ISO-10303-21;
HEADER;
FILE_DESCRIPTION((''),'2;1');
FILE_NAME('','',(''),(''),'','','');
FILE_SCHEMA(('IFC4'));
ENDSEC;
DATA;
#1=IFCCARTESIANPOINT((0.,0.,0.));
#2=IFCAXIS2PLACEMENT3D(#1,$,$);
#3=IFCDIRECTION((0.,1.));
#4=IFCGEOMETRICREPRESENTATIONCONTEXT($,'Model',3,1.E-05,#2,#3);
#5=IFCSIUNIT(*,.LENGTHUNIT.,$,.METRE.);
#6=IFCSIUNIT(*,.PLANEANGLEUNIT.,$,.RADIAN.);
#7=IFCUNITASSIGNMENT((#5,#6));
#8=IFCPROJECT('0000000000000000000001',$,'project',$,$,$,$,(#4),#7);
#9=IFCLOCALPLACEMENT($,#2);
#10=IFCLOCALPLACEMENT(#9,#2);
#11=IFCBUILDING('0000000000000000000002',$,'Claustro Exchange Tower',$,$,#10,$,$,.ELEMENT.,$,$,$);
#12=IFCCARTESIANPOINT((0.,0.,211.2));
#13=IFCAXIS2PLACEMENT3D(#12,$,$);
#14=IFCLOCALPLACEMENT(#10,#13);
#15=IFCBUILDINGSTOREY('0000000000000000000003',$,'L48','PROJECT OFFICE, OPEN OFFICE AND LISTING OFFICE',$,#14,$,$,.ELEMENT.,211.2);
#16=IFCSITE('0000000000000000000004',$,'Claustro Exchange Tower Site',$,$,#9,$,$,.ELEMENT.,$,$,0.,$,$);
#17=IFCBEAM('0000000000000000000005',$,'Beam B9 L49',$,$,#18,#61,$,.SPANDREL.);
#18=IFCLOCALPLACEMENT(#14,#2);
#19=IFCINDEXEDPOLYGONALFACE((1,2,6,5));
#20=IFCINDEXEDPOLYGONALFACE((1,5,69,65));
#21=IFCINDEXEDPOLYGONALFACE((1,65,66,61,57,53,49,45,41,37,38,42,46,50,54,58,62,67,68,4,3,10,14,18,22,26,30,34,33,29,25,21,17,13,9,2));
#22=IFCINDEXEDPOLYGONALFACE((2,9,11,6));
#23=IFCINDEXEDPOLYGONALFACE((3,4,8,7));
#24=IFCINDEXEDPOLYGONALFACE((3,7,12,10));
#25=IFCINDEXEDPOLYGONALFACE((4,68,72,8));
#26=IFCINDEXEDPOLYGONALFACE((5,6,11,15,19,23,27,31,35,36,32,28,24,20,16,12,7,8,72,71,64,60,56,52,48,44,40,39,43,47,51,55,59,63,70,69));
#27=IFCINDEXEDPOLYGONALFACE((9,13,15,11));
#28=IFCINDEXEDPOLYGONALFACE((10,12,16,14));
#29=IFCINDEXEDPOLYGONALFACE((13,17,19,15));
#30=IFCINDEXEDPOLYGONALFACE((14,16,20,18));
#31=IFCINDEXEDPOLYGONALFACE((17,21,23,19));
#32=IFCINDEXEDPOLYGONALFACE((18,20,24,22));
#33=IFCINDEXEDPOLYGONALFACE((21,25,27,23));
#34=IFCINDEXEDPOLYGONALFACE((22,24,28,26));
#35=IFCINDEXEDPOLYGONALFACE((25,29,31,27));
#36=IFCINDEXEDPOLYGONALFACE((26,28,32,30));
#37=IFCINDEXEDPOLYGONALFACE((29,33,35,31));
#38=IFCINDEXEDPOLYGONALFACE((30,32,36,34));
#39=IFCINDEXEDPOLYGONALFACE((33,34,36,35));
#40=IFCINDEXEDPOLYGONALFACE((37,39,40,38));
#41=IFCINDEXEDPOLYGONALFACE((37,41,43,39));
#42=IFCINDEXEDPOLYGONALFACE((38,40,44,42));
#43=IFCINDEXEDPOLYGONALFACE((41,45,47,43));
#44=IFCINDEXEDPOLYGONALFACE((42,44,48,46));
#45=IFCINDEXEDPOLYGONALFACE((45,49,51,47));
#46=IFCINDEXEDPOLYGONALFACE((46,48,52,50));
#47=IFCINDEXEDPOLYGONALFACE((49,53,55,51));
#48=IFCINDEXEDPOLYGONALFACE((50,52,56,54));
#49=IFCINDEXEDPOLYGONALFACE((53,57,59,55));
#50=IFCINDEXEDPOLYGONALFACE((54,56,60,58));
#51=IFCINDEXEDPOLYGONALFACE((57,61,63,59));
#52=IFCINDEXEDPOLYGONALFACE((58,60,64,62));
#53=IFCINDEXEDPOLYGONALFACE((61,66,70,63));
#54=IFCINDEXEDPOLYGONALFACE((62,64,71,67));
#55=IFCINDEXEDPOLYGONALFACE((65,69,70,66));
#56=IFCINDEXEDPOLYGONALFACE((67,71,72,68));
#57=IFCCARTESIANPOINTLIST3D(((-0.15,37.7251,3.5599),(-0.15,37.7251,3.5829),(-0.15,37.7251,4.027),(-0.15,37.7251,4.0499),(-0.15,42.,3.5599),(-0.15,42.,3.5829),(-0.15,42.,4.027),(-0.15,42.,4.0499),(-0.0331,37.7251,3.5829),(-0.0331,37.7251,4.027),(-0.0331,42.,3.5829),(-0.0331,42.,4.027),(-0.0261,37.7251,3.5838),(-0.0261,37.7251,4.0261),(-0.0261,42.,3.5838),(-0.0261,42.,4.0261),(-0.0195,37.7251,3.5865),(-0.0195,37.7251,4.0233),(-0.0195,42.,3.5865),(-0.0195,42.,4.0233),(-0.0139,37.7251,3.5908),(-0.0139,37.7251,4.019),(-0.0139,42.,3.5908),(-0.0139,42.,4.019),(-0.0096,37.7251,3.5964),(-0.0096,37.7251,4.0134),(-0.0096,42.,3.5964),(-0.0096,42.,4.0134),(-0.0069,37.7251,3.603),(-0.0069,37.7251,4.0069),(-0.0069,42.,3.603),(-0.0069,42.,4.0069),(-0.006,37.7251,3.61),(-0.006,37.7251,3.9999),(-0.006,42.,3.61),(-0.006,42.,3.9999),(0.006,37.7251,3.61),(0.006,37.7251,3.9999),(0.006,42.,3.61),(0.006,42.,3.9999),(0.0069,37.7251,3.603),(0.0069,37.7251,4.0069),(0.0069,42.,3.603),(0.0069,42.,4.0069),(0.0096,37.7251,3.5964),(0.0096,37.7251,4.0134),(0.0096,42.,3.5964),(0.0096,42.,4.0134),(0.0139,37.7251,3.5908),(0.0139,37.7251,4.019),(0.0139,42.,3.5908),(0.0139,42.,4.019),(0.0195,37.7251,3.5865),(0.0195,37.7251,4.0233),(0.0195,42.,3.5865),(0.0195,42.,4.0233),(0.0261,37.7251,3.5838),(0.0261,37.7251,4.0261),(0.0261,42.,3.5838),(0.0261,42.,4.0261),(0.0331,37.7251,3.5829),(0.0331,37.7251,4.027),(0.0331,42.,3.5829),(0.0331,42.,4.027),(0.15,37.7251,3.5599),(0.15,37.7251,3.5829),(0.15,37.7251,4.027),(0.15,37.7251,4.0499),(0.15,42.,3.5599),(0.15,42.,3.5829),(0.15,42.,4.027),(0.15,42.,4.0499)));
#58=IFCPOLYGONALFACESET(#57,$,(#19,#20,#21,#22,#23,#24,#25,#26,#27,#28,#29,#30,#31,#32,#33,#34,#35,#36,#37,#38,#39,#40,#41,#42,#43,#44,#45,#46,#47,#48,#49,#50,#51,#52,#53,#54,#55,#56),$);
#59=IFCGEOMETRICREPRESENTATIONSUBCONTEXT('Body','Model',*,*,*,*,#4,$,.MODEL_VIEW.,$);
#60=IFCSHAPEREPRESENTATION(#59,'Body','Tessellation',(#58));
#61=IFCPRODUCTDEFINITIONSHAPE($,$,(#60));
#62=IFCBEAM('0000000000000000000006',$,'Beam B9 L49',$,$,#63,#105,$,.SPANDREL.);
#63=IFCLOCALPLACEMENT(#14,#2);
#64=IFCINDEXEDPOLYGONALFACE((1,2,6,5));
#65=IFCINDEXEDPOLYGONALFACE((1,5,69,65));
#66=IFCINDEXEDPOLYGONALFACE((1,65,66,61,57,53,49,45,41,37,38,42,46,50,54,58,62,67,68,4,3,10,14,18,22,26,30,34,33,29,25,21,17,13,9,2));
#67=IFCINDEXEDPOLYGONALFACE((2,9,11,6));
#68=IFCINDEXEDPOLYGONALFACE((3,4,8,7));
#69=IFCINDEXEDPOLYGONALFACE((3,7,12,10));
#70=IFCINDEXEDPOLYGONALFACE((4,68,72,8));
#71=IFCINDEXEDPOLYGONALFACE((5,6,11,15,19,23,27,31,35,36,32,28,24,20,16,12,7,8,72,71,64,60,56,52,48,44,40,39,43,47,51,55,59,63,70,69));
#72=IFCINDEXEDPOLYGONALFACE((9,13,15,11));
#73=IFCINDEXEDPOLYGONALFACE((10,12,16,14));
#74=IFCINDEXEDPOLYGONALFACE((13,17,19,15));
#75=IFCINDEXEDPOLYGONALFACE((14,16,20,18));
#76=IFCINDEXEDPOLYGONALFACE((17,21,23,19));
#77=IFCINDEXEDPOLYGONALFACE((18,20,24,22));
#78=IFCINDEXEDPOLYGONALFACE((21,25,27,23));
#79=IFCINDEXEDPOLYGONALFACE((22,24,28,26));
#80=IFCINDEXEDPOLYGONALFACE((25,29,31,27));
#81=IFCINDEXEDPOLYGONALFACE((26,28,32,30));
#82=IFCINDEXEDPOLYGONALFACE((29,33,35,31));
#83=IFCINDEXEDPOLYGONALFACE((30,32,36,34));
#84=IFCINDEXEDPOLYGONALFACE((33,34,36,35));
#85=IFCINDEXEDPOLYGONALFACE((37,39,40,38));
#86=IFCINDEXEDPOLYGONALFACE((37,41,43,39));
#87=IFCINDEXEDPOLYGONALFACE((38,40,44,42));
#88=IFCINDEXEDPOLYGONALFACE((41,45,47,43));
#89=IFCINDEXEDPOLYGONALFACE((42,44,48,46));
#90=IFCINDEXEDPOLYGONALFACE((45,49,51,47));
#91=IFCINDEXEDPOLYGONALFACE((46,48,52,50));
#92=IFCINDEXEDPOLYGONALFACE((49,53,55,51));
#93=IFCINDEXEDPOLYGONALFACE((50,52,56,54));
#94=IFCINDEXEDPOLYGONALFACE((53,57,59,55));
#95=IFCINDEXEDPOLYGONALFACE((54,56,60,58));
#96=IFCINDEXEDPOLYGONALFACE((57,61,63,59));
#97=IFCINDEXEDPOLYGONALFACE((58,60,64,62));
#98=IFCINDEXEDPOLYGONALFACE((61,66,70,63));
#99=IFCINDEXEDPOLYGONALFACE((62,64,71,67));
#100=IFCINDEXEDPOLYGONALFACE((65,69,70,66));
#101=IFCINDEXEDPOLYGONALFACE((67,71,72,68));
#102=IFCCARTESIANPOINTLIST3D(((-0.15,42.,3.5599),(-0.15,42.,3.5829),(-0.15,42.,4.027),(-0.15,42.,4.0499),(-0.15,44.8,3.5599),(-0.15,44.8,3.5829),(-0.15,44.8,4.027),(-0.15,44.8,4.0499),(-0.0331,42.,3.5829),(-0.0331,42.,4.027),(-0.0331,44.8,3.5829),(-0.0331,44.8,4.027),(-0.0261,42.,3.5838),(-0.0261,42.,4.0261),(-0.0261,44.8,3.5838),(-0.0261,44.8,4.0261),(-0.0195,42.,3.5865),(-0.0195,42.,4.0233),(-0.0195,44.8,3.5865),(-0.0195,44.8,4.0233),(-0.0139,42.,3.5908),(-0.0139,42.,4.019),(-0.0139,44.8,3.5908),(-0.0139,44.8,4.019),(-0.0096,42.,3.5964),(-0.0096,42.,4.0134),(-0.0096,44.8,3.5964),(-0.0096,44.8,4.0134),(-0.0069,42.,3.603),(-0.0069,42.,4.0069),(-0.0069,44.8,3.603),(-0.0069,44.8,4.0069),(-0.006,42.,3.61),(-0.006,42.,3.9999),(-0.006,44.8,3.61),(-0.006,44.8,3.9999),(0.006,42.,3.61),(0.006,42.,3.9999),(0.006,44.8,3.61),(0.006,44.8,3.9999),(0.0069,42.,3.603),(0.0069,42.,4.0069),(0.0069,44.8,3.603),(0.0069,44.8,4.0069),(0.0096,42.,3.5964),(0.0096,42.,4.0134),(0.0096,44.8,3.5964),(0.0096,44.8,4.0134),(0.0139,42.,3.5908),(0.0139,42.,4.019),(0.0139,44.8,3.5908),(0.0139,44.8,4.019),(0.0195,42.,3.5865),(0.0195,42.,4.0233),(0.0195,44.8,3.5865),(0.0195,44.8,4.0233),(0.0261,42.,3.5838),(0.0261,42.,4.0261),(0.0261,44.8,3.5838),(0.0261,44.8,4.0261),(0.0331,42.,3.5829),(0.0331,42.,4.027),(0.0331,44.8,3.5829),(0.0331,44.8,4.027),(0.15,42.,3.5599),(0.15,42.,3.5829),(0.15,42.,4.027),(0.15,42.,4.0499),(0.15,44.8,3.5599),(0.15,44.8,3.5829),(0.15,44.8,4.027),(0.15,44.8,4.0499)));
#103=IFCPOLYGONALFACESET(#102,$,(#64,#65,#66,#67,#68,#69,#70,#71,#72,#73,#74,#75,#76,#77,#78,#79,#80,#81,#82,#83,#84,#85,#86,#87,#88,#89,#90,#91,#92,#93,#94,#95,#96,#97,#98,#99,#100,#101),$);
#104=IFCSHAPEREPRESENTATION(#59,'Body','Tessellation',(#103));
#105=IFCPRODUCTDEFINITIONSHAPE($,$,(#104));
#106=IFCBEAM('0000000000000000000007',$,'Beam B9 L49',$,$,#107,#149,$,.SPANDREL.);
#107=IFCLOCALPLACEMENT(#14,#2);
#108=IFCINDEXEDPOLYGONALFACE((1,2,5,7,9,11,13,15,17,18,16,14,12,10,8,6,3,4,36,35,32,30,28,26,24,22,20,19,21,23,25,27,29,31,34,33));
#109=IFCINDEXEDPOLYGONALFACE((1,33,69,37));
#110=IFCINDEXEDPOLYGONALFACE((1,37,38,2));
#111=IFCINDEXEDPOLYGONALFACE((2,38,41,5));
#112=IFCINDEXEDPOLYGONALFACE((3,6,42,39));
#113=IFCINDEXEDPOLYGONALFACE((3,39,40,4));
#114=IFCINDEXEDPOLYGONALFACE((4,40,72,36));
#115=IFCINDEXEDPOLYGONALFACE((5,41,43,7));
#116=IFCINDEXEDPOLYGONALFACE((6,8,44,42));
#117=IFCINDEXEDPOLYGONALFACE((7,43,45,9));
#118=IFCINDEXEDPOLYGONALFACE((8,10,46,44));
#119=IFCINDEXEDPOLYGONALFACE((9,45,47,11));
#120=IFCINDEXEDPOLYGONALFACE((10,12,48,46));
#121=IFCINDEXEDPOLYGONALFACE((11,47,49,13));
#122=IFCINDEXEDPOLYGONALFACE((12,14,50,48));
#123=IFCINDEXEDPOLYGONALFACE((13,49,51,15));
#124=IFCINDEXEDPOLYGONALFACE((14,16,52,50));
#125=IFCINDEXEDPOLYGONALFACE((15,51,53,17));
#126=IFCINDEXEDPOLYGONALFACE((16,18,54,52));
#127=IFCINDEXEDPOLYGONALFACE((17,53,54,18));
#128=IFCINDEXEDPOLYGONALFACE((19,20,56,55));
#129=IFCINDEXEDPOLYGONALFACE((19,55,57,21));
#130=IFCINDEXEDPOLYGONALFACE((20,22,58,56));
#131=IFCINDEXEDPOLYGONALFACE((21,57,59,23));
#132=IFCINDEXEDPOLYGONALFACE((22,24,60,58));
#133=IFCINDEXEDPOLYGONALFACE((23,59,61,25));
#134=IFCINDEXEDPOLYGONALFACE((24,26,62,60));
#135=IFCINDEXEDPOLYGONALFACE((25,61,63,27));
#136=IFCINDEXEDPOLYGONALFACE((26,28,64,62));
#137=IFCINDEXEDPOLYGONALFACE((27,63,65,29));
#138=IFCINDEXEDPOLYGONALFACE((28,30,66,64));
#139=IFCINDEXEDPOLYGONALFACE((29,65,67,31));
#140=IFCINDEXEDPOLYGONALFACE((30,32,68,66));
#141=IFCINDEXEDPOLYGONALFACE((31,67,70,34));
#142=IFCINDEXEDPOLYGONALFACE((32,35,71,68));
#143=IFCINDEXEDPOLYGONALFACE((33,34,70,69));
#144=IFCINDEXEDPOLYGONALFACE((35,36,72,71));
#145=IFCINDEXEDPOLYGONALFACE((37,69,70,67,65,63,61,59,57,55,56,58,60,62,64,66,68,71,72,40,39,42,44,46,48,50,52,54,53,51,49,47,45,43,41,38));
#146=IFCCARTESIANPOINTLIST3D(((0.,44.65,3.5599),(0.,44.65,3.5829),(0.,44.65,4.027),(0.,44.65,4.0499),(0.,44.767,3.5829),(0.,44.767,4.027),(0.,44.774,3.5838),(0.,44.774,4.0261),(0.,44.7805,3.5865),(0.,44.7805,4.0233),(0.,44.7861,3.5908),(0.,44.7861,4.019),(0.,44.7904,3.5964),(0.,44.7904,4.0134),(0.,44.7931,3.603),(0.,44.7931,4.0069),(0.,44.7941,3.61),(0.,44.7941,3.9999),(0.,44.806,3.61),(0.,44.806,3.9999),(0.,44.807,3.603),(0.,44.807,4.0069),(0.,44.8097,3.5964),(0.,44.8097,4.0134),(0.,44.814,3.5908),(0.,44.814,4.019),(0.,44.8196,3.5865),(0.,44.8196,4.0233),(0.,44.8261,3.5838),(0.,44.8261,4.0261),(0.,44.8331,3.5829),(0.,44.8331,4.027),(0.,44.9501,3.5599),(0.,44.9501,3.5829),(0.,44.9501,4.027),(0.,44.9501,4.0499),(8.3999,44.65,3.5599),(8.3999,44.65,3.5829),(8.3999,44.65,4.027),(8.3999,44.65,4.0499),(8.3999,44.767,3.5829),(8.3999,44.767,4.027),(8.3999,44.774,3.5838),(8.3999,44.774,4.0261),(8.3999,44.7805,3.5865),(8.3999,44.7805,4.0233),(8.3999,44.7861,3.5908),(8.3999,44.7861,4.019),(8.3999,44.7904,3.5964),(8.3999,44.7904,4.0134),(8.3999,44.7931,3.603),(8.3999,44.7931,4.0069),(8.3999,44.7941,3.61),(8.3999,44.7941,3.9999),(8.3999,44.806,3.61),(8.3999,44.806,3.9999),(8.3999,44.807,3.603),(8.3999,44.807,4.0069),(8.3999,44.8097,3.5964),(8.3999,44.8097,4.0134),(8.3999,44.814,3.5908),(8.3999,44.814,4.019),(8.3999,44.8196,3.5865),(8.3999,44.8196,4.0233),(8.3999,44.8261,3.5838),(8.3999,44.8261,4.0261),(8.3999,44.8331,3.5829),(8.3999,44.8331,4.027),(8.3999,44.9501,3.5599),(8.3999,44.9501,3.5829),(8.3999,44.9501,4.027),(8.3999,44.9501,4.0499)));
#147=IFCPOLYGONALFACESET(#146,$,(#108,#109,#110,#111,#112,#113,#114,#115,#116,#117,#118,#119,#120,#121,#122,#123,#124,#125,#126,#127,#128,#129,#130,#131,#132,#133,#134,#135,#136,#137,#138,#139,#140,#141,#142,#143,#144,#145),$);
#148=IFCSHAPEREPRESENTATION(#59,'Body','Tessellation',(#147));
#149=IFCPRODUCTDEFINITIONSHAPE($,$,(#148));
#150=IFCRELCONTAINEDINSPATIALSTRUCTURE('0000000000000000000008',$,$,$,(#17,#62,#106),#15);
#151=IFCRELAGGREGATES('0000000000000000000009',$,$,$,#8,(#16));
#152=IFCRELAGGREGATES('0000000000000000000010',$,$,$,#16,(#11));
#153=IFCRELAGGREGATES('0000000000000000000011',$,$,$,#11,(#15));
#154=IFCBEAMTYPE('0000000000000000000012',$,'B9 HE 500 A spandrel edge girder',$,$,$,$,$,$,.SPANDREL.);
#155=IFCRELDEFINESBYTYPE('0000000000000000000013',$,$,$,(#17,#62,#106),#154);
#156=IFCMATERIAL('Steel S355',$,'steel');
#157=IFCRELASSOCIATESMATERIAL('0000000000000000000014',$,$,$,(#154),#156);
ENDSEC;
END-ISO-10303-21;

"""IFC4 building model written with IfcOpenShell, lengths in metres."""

from ifc_helpers import new_model, si_unit, direction, frame, origin, origin_2d, place, context, subcontext, project, spatial, i_section, extrude, material, material_profile, profile_set, type_object, element, save


model = new_model("IFC4")

# Units and contexts
model_context = context("Model", 3, precision=1e-05, world=origin(), true_north=direction((0.0, 1.0)))
body_context = subcontext(model_context, "Body", "Model", "MODEL_VIEW")
ifc_project = project(units=[si_unit("LENGTHUNIT", "METRE"), si_unit("PLANEANGLEUNIT", "RADIAN")], contexts=[model_context])

# Site, building, storey
site_placement = place(None, origin())
site = spatial("IfcSite", under=ifc_project, at=site_placement, Name="Claustro Exchange Tower Site", CompositionType="ELEMENT", RefElevation=0.0)
building_placement = place(site_placement, origin())
building = spatial("IfcBuilding", under=site, at=building_placement, Name="Claustro Exchange Tower", CompositionType="ELEMENT")
storey_placement = place(building_placement, frame((0.0, 0.0, 211.2)))
storey = spatial("IfcBuildingStorey", under=building, at=storey_placement, Name="L48", Description="PROJECT OFFICE, OPEN OFFICE AND LISTING OFFICE", CompositionType="ELEMENT", Elevation=211.2)

# Beams
ifc_material_1 = material(Name="Steel S355", Category="steel")
ifc_material_profile_1 = material_profile(ifc_material_1, i_section(OverallWidth=0.3, OverallDepth=0.49, WebThickness=0.012, FlangeThickness=0.0229, FilletRadius=0.0271, at=origin_2d()), Name="HE 500 A")
ifc_profile_set_1 = profile_set([ifc_material_profile_1], Name="Steel S355")
beam_type_1 = type_object("IfcBeamType", Name="B9 HE 500 A spandrel edge girder", PredefinedType="SPANDREL", material=ifc_profile_set_1)
beam_1_placement = place(storey_placement, frame((0.0, 37.7251, 3.8049), z_axis=(0.0, 1.0, 0.0), x_axis=(-1.0, 0.0, 0.0)))
element("IfcBeam", 1, at=beam_1_placement, inside=storey, type_object=beam_type_1, Name="Beam B9 L49", PredefinedType="SPANDREL", context=body_context, shape_type="SweptSolid", body=[
    extrude(i_section(OverallWidth=0.3, OverallDepth=0.49, WebThickness=0.012, FlangeThickness=0.0229, FilletRadius=0.0271, at=origin_2d()), origin(), (0.0, 0.0, 1.0), 4.2749),
])
beam_2_placement = place(storey_placement, frame((0.0, 42.0, 3.8049), z_axis=(0.0, 1.0, 0.0), x_axis=(-1.0, 0.0, 0.0)))
element("IfcBeam", 2, at=beam_2_placement, inside=storey, type_object=beam_type_1, Name="Beam B9 L49", PredefinedType="SPANDREL", context=body_context, shape_type="SweptSolid", body=[
    extrude(i_section(OverallWidth=0.3, OverallDepth=0.49, WebThickness=0.012, FlangeThickness=0.0229, FilletRadius=0.0271, at=origin_2d()), origin(), (0.0, 0.0, 1.0), 2.8),
])
beam_3_placement = place(storey_placement, frame((0.0, 44.8, 3.8049), z_axis=(1.0, 0.0, 0.0), x_axis=(0.0, 1.0, 0.0)))
element("IfcBeam", 3, at=beam_3_placement, inside=storey, type_object=beam_type_1, Name="Beam B9 L49", PredefinedType="SPANDREL", context=body_context, shape_type="SweptSolid", body=[
    extrude(i_section(OverallWidth=0.3, OverallDepth=0.49, WebThickness=0.012, FlangeThickness=0.0229, FilletRadius=0.0271, at=origin_2d()), origin(), (0.0, 0.0, 1.0), 8.3999),
])

save(model, "model.ifc")
